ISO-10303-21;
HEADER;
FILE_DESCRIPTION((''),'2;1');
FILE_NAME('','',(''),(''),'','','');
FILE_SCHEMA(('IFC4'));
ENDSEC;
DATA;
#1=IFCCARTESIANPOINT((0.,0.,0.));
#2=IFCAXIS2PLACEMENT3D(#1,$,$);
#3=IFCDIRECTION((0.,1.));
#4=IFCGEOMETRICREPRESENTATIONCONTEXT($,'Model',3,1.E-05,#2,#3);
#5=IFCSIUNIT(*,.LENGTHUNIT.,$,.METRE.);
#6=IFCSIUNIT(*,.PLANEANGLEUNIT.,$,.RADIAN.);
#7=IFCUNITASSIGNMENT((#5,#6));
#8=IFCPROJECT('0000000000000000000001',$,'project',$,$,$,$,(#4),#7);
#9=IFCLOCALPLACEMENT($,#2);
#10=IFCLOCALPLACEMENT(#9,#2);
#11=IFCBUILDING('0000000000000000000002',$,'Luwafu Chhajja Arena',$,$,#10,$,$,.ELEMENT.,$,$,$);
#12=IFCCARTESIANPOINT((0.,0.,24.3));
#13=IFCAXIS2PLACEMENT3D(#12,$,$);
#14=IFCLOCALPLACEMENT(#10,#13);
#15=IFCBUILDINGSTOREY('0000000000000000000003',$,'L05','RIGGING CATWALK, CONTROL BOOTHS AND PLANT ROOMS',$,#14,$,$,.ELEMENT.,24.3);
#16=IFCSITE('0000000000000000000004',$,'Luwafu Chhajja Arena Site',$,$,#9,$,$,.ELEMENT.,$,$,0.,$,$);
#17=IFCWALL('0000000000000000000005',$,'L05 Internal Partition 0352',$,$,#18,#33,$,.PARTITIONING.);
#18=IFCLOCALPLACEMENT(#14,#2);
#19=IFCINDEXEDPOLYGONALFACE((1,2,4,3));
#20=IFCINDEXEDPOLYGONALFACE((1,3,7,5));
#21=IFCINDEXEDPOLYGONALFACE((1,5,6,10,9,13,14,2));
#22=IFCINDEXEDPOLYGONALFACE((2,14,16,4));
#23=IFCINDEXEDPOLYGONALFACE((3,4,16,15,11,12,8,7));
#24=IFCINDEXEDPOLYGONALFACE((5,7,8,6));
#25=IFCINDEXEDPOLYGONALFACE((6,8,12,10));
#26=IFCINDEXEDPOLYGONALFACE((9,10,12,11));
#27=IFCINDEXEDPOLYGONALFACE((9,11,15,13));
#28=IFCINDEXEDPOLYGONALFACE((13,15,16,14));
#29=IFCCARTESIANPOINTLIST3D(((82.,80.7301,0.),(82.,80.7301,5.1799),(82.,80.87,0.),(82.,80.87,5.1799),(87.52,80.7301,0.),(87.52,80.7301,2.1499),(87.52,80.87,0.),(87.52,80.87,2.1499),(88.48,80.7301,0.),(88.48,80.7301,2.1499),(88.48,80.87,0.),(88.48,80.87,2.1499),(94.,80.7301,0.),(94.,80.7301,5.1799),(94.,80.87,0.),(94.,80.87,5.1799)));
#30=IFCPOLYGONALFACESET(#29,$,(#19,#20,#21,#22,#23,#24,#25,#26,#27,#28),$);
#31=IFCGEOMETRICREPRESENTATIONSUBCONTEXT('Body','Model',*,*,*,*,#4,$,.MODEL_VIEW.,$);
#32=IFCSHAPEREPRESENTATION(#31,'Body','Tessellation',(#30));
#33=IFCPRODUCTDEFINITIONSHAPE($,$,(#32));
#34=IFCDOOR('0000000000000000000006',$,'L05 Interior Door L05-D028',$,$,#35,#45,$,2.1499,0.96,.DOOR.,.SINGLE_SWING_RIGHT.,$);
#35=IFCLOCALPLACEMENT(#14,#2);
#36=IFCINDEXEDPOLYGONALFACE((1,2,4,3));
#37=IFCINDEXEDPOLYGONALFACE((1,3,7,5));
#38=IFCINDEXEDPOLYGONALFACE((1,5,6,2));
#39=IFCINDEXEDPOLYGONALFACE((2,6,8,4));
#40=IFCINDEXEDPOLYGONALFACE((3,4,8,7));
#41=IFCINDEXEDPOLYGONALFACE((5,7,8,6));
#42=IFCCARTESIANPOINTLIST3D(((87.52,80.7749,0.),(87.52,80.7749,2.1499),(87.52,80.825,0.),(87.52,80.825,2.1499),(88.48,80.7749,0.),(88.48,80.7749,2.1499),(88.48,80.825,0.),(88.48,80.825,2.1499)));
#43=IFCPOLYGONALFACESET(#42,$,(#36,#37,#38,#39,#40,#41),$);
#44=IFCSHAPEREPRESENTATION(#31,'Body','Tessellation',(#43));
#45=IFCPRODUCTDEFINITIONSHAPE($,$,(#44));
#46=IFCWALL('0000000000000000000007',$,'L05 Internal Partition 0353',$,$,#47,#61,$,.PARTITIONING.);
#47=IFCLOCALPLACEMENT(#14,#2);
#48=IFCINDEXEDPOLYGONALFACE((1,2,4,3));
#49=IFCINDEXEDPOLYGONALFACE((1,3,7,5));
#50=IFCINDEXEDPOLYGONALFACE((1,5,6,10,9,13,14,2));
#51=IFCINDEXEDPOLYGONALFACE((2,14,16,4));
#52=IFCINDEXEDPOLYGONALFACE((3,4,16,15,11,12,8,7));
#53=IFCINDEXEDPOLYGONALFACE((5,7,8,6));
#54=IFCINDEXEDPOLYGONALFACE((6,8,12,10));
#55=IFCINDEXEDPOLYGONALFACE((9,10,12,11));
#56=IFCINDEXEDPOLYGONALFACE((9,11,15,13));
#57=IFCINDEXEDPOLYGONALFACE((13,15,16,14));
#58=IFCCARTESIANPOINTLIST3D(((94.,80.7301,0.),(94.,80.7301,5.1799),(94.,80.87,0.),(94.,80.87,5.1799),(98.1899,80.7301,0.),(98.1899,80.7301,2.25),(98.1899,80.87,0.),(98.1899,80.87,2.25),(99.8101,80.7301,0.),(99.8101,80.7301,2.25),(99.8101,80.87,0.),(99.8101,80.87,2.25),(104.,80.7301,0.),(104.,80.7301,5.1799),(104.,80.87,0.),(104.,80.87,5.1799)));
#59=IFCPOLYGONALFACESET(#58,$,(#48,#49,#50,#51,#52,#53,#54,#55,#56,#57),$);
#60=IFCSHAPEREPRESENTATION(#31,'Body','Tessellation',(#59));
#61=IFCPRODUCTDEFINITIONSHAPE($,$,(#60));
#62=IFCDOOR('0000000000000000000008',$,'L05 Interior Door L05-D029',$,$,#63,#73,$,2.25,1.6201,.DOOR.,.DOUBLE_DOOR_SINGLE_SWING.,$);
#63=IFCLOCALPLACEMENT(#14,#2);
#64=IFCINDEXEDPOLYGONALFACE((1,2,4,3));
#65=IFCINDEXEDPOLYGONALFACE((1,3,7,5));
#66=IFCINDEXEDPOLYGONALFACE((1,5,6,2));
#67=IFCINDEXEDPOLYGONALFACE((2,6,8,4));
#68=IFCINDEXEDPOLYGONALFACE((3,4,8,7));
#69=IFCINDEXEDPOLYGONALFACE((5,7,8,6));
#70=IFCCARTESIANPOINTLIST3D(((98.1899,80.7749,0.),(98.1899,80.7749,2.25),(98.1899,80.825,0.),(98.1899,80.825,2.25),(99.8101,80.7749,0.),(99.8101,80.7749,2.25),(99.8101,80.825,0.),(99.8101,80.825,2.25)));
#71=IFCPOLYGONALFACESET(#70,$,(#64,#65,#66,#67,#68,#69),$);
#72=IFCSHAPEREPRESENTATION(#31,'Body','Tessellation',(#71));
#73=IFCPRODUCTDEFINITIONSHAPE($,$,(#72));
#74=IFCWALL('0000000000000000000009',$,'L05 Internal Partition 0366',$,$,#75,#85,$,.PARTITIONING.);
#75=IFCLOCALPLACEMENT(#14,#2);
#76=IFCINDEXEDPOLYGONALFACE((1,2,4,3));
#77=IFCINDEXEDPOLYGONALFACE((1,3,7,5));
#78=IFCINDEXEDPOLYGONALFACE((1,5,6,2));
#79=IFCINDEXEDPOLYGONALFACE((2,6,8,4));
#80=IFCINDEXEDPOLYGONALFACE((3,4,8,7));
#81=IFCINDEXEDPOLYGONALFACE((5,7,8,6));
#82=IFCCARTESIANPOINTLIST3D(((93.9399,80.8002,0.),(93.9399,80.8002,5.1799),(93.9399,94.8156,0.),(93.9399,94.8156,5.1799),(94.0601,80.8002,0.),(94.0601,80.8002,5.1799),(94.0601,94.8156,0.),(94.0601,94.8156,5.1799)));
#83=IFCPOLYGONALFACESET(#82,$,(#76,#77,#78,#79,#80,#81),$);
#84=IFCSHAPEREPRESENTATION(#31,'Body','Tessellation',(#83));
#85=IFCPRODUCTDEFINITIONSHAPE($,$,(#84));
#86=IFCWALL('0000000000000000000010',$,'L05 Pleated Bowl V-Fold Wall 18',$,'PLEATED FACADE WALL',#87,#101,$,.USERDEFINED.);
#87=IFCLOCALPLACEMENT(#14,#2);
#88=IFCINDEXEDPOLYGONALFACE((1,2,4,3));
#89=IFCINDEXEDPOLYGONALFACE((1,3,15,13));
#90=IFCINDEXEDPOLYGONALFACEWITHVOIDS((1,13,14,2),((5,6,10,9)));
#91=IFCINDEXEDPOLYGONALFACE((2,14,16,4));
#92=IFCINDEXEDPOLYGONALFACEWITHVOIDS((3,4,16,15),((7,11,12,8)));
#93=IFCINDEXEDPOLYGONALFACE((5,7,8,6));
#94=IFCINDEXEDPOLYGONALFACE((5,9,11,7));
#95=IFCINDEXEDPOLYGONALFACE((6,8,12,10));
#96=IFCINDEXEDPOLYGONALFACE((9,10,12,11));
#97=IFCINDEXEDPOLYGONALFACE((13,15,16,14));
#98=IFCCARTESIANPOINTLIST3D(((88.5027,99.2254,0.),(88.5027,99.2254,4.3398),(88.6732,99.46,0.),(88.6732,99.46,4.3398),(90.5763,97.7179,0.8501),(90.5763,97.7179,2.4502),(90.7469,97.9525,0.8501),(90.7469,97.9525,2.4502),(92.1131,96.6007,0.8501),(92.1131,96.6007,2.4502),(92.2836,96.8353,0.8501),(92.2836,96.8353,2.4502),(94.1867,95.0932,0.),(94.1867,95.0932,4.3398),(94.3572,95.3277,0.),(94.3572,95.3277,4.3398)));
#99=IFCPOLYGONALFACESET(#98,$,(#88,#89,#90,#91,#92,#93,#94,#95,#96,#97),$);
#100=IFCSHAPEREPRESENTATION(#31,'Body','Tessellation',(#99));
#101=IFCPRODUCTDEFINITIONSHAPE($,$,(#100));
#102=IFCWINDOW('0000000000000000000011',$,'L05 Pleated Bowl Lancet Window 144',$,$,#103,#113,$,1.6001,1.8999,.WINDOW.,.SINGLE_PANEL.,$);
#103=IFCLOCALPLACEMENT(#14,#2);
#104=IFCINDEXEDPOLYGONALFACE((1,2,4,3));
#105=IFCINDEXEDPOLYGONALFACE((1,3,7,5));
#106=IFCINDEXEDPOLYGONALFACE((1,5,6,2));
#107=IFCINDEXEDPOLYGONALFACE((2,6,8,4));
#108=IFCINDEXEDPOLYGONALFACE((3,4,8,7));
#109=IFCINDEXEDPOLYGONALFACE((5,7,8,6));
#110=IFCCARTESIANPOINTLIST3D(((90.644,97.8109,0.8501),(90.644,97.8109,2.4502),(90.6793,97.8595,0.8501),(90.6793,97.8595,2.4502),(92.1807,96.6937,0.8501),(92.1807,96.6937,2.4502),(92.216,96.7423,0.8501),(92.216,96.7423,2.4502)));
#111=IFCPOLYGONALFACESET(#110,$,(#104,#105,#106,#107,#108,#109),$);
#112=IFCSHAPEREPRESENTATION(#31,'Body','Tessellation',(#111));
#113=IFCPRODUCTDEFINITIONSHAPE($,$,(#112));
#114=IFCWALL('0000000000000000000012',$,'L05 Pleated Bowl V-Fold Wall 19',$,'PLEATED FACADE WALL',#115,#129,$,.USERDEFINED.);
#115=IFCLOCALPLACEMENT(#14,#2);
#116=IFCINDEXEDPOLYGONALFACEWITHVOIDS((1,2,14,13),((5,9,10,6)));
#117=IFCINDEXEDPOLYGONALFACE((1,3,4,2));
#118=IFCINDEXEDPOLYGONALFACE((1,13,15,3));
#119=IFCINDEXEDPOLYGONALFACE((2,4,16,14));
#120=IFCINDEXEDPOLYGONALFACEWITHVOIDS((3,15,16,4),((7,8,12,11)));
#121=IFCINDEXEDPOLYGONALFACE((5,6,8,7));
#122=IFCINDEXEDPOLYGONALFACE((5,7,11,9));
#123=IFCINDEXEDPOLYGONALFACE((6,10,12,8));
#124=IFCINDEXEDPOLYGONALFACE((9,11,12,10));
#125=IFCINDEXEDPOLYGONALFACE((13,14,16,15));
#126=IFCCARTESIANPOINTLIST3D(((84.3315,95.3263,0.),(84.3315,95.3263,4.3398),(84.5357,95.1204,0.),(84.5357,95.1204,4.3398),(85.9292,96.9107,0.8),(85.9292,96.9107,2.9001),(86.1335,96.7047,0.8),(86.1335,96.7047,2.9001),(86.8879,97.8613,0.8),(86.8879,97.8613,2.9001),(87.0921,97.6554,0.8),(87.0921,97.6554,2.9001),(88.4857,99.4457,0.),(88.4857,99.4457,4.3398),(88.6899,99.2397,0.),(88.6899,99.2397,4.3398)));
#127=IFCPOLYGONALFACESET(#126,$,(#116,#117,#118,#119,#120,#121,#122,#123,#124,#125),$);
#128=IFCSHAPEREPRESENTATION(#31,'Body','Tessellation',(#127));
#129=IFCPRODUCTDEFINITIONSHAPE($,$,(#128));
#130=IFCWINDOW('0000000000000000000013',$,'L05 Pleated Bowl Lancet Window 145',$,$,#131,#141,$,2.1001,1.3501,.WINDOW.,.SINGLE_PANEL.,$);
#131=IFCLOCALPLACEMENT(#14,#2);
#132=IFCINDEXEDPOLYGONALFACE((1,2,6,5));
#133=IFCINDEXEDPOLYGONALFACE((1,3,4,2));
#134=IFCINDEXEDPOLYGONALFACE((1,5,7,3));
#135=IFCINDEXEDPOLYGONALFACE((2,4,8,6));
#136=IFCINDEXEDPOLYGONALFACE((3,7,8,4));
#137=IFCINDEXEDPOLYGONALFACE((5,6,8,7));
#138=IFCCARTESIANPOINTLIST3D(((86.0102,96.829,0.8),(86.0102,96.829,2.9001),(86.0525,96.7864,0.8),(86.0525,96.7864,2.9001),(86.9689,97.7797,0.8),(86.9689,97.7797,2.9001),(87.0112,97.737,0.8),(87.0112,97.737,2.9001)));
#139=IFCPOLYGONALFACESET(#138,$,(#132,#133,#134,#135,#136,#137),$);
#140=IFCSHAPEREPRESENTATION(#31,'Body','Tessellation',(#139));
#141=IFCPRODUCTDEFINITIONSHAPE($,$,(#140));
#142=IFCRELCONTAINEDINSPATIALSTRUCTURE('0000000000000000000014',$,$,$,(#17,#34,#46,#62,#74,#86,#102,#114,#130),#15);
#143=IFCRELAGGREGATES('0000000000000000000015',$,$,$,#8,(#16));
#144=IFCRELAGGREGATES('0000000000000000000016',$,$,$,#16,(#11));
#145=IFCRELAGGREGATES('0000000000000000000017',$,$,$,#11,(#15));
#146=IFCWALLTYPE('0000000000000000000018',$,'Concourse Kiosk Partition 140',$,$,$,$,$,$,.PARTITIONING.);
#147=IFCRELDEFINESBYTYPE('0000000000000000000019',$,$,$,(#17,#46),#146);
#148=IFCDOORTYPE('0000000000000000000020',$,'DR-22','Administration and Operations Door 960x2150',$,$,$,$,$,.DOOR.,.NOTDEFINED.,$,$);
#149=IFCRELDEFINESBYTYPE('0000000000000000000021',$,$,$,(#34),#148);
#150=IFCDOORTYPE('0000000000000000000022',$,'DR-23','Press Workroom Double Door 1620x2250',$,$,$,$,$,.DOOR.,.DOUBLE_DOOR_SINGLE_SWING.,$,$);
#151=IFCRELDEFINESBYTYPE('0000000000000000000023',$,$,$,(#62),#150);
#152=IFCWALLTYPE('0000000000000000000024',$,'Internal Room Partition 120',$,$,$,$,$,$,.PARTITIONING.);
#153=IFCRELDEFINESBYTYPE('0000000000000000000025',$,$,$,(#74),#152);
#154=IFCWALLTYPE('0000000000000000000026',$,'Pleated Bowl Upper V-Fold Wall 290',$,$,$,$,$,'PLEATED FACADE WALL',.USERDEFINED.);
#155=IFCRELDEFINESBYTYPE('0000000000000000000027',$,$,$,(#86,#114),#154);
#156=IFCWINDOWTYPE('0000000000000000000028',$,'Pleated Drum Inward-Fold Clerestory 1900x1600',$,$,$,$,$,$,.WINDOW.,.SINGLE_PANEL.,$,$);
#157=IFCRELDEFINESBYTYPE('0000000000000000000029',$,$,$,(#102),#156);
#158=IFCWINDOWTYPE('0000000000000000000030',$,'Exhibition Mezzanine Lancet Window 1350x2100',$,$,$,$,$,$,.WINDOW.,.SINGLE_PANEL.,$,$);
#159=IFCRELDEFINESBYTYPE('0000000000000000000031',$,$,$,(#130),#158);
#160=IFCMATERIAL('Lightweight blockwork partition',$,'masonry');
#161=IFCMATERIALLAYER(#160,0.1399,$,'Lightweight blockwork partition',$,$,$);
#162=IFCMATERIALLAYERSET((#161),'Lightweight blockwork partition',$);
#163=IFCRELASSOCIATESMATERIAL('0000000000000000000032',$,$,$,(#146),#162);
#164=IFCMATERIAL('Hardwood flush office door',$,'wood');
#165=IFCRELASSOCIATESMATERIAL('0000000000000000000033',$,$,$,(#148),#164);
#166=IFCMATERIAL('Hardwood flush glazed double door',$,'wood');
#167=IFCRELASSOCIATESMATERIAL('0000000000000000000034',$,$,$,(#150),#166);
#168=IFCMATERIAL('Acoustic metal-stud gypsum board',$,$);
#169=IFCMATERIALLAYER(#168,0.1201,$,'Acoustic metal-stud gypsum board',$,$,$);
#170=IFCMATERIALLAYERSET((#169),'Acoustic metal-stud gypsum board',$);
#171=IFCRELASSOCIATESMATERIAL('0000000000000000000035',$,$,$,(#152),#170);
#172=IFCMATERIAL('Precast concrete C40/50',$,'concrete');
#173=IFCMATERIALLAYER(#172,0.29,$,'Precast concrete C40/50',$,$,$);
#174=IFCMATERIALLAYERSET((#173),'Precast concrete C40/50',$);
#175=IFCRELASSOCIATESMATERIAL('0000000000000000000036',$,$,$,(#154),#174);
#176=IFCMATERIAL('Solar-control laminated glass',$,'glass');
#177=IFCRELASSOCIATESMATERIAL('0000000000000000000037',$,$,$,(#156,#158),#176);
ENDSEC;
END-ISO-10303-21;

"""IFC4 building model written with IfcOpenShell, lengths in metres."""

from ifc_helpers import new_model, si_unit, direction, frame, frame_2d, origin, place, context, subcontext, project, spatial, rectangle, extrude, material, layer, layer_set, type_object, element, fill, save


model = new_model("IFC4")

# Units and contexts
model_context = context("Model", 3, precision=1e-05, world=origin(), true_north=direction((0.0, 1.0)))
body_context = subcontext(model_context, "Body", "Model", "MODEL_VIEW")
ifc_project = project(units=[si_unit("LENGTHUNIT", "METRE"), si_unit("PLANEANGLEUNIT", "RADIAN")], contexts=[model_context])

# Site, building, storey
site_placement = place(None, origin())
site = spatial("IfcSite", under=ifc_project, at=site_placement, Name="Luwafu Chhajja Arena Site", CompositionType="ELEMENT", RefElevation=0.0)
building_placement = place(site_placement, origin())
building = spatial("IfcBuilding", under=site, at=building_placement, Name="Luwafu Chhajja Arena", CompositionType="ELEMENT")
storey_placement = place(building_placement, frame((0.0, 0.0, 24.3)))
storey = spatial("IfcBuildingStorey", under=building, at=storey_placement, Name="L05", Description="RIGGING CATWALK, CONTROL BOOTHS AND PLANT ROOMS", CompositionType="ELEMENT", Elevation=24.3)

# Shared definitions
ifc_material_1 = material(Name="Solar-control laminated glass", Category="glass")

# Walls, openings, doors
ifc_material_2 = material(Name="Lightweight blockwork partition", Category="masonry")
ifc_layer_1 = layer(ifc_material_2, 0.1399, Name="Lightweight blockwork partition")
ifc_layer_set_1 = layer_set([ifc_layer_1], Name="Lightweight blockwork partition")
wall_type_1 = type_object("IfcWallType", Name="Concourse Kiosk Partition 140", PredefinedType="PARTITIONING", material=ifc_layer_set_1)
wall_1_placement = place(storey_placement, frame((82.0, 80.8, 0.0), z_axis=(0.0, 0.0, 1.0), x_axis=(1.0, 0.0, 0.0)))
wall_1 = element("IfcWall", 1, at=wall_1_placement, inside=storey, type_object=wall_type_1, Name="L05 Internal Partition 0352", PredefinedType="PARTITIONING", context=body_context, shape_type="SweptSolid", body=[
    extrude(rectangle(XDim=12.0, YDim=0.1399, at=frame_2d((6.0, 0.0))), origin(), (0.0, 0.0, 1.0), 5.1799),
])
opening_1_placement = place(wall_1_placement, frame((5.52, 0.0, 0.0)))
opening_1 = element("IfcOpeningElement", 2, at=opening_1_placement, cuts=wall_1, PredefinedType="OPENING", context=body_context, shape_type="SweptSolid", body=[
    extrude(rectangle(XDim=0.96, YDim=2.1499, at=frame_2d((0.48, 1.075))), frame((0.0, 0.0798, 0.0), z_axis=(0.0, -1.0, 0.0), x_axis=(1.0, 0.0, 0.0)), (0.0, 0.0, 1.0), 0.1599),
])
ifc_material_3 = material(Name="Hardwood flush office door", Category="wood")
door_type_1 = type_object("IfcDoorType", Name="DR-22", Description="Administration and Operations Door 960x2150", OperationType="NOTDEFINED", PredefinedType="DOOR", material=ifc_material_3)
door_1_placement = place(opening_1_placement, origin())
door_1 = element("IfcDoor", 3, at=door_1_placement, inside=storey, type_object=door_type_1, Name="L05 Interior Door L05-D028", OperationType="SINGLE_SWING_RIGHT", OverallHeight=2.1499, OverallWidth=0.96, PredefinedType="DOOR", context=body_context, shape_type="SweptSolid", body=[
    extrude(rectangle(XDim=0.96, YDim=2.1499, at=frame_2d((0.48, 1.075))), frame((0.0, 0.0249, 0.0), z_axis=(0.0, -1.0, 0.0), x_axis=(1.0, 0.0, 0.0)), (0.0, 0.0, 1.0), 0.05),
])
fill(opening_1, door_1)
wall_2_placement = place(storey_placement, frame((94.0, 80.8, 0.0), z_axis=(0.0, 0.0, 1.0), x_axis=(1.0, 0.0, 0.0)))
wall_2 = element("IfcWall", 4, at=wall_2_placement, inside=storey, type_object=wall_type_1, Name="L05 Internal Partition 0353", PredefinedType="PARTITIONING", context=body_context, shape_type="SweptSolid", body=[
    extrude(rectangle(XDim=10.0, YDim=0.1399, at=frame_2d((5.0, 0.0))), origin(), (0.0, 0.0, 1.0), 5.1799),
])
opening_2_placement = place(wall_2_placement, frame((4.1899, 0.0, 0.0)))
opening_2 = element("IfcOpeningElement", 5, at=opening_2_placement, cuts=wall_2, PredefinedType="OPENING", context=body_context, shape_type="SweptSolid", body=[
    extrude(rectangle(XDim=1.6201, YDim=2.25, at=frame_2d((0.8101, 1.125))), frame((0.0, 0.0798, 0.0), z_axis=(0.0, -1.0, 0.0), x_axis=(1.0, 0.0, 0.0)), (0.0, 0.0, 1.0), 0.1599),
])
ifc_material_4 = material(Name="Hardwood flush glazed double door", Category="wood")
door_type_2 = type_object("IfcDoorType", Name="DR-23", Description="Press Workroom Double Door 1620x2250", OperationType="DOUBLE_DOOR_SINGLE_SWING", PredefinedType="DOOR", material=ifc_material_4)
door_2_placement = place(opening_2_placement, origin())
door_2 = element("IfcDoor", 6, at=door_2_placement, inside=storey, type_object=door_type_2, Name="L05 Interior Door L05-D029", OperationType="DOUBLE_DOOR_SINGLE_SWING", OverallHeight=2.25, OverallWidth=1.6201, PredefinedType="DOOR", context=body_context, shape_type="SweptSolid", body=[
    extrude(rectangle(XDim=1.6201, YDim=2.25, at=frame_2d((0.8101, 1.125))), frame((0.0, 0.0249, 0.0), z_axis=(0.0, -1.0, 0.0), x_axis=(1.0, 0.0, 0.0)), (0.0, 0.0, 1.0), 0.05),
])
fill(opening_2, door_2)

# Wall
ifc_material_5 = material(Name="Acoustic metal-stud gypsum board")
ifc_layer_2 = layer(ifc_material_5, 0.1201, Name="Acoustic metal-stud gypsum board")
ifc_layer_set_2 = layer_set([ifc_layer_2], Name="Acoustic metal-stud gypsum board")
wall_type_2 = type_object("IfcWallType", Name="Internal Room Partition 120", PredefinedType="PARTITIONING", material=ifc_layer_set_2)
wall_3_placement = place(storey_placement, frame((94.0, 80.8, 0.0), z_axis=(0.0, 0.0, 1.0), x_axis=(0.0, 1.0, 0.0)))
element("IfcWall", 7, at=wall_3_placement, inside=storey, type_object=wall_type_2, Name="L05 Internal Partition 0366", PredefinedType="PARTITIONING", context=body_context, shape_type="SweptSolid", body=[
    extrude(rectangle(XDim=14.0154, YDim=0.1201, at=frame_2d((7.0078, 0.0))), origin(), (0.0, 0.0, 1.0), 5.1799),
])

# Walls, openings, windows
ifc_material_6 = material(Name="Precast concrete C40/50", Category="concrete")
ifc_layer_3 = layer(ifc_material_6, 0.29, Name="Precast concrete C40/50")
ifc_layer_set_3 = layer_set([ifc_layer_3], Name="Precast concrete C40/50")
wall_type_3 = type_object("IfcWallType", Name="Pleated Bowl Upper V-Fold Wall 290", ElementType="PLEATED FACADE WALL", PredefinedType="USERDEFINED", material=ifc_layer_set_3)
wall_4_placement = place(storey_placement, frame((94.272, 95.2104, 0.0), z_axis=(0.0, 0.0, 1.0), x_axis=(-0.808841, 0.588027, 0.0)))
wall_4 = element("IfcWall", 8, at=wall_4_placement, inside=storey, type_object=wall_type_3, Name="L05 Pleated Bowl V-Fold Wall 18", ObjectType="PLEATED FACADE WALL", PredefinedType="USERDEFINED", context=body_context, shape_type="SweptSolid", body=[
    extrude(rectangle(XDim=7.0273, YDim=0.29, at=frame_2d((3.5137, 0.0))), origin(), (0.0, 0.0, 1.0), 4.3398),
])
opening_3_placement = place(wall_4_placement, frame((2.5637, 0.0, 0.8501)))
opening_3 = element("IfcOpeningElement", 9, at=opening_3_placement, cuts=wall_4, PredefinedType="OPENING", context=body_context, shape_type="SweptSolid", body=[
    extrude(rectangle(XDim=1.8999, YDim=1.6001, at=frame_2d((0.95, 0.8))), frame((0.0, 0.155, 0.0), z_axis=(0.0, -1.0, 0.0), x_axis=(1.0, 0.0, 0.0)), (0.0, 0.0, 1.0), 0.3101),
])
window_type_1 = type_object("IfcWindowType", Name="Pleated Drum Inward-Fold Clerestory 1900x1600", PartitioningType="SINGLE_PANEL", PredefinedType="WINDOW", material=ifc_material_1)
window_1_placement = place(opening_3_placement, origin())
window_1 = element("IfcWindow", 10, at=window_1_placement, inside=storey, type_object=window_type_1, Name="L05 Pleated Bowl Lancet Window 144", OverallHeight=1.6001, OverallWidth=1.8999, PartitioningType="SINGLE_PANEL", PredefinedType="WINDOW", context=body_context, shape_type="SweptSolid", body=[
    extrude(rectangle(XDim=1.8999, YDim=1.6001, at=frame_2d((0.95, 0.8))), frame((0.0, 0.03, 0.0), z_axis=(0.0, -1.0, 0.0), x_axis=(1.0, 0.0, 0.0)), (0.0, 0.0, 1.0), 0.0601),
])
fill(opening_3, window_1)
wall_5_placement = place(storey_placement, frame((88.5879, 99.3428, 0.0), z_axis=(0.0, 0.0, 1.0), x_axis=(-0.710084, -0.704117, 0.0)))
wall_5 = element("IfcWall", 11, at=wall_5_placement, inside=storey, type_object=wall_type_3, Name="L05 Pleated Bowl V-Fold Wall 19", ObjectType="PLEATED FACADE WALL", PredefinedType="USERDEFINED", context=body_context, shape_type="SweptSolid", body=[
    extrude(rectangle(XDim=5.8503, YDim=0.29, at=frame_2d((2.9253, 0.0))), origin(), (0.0, 0.0, 1.0), 4.3398),
])
opening_4_placement = place(wall_5_placement, frame((2.2502, 0.0, 0.8)))
opening_4 = element("IfcOpeningElement", 12, at=opening_4_placement, cuts=wall_5, PredefinedType="OPENING", context=body_context, shape_type="SweptSolid", body=[
    extrude(rectangle(XDim=1.3501, YDim=2.1001, at=frame_2d((0.675, 1.05))), frame((0.0, 0.155, 0.0), z_axis=(0.0, -1.0, 0.0), x_axis=(1.0, 0.0, 0.0)), (0.0, 0.0, 1.0), 0.3101),
])
window_type_2 = type_object("IfcWindowType", Name="Exhibition Mezzanine Lancet Window 1350x2100", PartitioningType="SINGLE_PANEL", PredefinedType="WINDOW", material=ifc_material_1)
window_2_placement = place(opening_4_placement, origin())
window_2 = element("IfcWindow", 13, at=window_2_placement, inside=storey, type_object=window_type_2, Name="L05 Pleated Bowl Lancet Window 145", OverallHeight=2.1001, OverallWidth=1.3501, PartitioningType="SINGLE_PANEL", PredefinedType="WINDOW", context=body_context, shape_type="SweptSolid", body=[
    extrude(rectangle(XDim=1.3501, YDim=2.1001, at=frame_2d((0.675, 1.05))), frame((0.0, 0.03, 0.0), z_axis=(0.0, -1.0, 0.0), x_axis=(1.0, 0.0, 0.0)), (0.0, 0.0, 1.0), 0.0601),
])
fill(opening_4, window_2)

save(model, "model.ifc")
